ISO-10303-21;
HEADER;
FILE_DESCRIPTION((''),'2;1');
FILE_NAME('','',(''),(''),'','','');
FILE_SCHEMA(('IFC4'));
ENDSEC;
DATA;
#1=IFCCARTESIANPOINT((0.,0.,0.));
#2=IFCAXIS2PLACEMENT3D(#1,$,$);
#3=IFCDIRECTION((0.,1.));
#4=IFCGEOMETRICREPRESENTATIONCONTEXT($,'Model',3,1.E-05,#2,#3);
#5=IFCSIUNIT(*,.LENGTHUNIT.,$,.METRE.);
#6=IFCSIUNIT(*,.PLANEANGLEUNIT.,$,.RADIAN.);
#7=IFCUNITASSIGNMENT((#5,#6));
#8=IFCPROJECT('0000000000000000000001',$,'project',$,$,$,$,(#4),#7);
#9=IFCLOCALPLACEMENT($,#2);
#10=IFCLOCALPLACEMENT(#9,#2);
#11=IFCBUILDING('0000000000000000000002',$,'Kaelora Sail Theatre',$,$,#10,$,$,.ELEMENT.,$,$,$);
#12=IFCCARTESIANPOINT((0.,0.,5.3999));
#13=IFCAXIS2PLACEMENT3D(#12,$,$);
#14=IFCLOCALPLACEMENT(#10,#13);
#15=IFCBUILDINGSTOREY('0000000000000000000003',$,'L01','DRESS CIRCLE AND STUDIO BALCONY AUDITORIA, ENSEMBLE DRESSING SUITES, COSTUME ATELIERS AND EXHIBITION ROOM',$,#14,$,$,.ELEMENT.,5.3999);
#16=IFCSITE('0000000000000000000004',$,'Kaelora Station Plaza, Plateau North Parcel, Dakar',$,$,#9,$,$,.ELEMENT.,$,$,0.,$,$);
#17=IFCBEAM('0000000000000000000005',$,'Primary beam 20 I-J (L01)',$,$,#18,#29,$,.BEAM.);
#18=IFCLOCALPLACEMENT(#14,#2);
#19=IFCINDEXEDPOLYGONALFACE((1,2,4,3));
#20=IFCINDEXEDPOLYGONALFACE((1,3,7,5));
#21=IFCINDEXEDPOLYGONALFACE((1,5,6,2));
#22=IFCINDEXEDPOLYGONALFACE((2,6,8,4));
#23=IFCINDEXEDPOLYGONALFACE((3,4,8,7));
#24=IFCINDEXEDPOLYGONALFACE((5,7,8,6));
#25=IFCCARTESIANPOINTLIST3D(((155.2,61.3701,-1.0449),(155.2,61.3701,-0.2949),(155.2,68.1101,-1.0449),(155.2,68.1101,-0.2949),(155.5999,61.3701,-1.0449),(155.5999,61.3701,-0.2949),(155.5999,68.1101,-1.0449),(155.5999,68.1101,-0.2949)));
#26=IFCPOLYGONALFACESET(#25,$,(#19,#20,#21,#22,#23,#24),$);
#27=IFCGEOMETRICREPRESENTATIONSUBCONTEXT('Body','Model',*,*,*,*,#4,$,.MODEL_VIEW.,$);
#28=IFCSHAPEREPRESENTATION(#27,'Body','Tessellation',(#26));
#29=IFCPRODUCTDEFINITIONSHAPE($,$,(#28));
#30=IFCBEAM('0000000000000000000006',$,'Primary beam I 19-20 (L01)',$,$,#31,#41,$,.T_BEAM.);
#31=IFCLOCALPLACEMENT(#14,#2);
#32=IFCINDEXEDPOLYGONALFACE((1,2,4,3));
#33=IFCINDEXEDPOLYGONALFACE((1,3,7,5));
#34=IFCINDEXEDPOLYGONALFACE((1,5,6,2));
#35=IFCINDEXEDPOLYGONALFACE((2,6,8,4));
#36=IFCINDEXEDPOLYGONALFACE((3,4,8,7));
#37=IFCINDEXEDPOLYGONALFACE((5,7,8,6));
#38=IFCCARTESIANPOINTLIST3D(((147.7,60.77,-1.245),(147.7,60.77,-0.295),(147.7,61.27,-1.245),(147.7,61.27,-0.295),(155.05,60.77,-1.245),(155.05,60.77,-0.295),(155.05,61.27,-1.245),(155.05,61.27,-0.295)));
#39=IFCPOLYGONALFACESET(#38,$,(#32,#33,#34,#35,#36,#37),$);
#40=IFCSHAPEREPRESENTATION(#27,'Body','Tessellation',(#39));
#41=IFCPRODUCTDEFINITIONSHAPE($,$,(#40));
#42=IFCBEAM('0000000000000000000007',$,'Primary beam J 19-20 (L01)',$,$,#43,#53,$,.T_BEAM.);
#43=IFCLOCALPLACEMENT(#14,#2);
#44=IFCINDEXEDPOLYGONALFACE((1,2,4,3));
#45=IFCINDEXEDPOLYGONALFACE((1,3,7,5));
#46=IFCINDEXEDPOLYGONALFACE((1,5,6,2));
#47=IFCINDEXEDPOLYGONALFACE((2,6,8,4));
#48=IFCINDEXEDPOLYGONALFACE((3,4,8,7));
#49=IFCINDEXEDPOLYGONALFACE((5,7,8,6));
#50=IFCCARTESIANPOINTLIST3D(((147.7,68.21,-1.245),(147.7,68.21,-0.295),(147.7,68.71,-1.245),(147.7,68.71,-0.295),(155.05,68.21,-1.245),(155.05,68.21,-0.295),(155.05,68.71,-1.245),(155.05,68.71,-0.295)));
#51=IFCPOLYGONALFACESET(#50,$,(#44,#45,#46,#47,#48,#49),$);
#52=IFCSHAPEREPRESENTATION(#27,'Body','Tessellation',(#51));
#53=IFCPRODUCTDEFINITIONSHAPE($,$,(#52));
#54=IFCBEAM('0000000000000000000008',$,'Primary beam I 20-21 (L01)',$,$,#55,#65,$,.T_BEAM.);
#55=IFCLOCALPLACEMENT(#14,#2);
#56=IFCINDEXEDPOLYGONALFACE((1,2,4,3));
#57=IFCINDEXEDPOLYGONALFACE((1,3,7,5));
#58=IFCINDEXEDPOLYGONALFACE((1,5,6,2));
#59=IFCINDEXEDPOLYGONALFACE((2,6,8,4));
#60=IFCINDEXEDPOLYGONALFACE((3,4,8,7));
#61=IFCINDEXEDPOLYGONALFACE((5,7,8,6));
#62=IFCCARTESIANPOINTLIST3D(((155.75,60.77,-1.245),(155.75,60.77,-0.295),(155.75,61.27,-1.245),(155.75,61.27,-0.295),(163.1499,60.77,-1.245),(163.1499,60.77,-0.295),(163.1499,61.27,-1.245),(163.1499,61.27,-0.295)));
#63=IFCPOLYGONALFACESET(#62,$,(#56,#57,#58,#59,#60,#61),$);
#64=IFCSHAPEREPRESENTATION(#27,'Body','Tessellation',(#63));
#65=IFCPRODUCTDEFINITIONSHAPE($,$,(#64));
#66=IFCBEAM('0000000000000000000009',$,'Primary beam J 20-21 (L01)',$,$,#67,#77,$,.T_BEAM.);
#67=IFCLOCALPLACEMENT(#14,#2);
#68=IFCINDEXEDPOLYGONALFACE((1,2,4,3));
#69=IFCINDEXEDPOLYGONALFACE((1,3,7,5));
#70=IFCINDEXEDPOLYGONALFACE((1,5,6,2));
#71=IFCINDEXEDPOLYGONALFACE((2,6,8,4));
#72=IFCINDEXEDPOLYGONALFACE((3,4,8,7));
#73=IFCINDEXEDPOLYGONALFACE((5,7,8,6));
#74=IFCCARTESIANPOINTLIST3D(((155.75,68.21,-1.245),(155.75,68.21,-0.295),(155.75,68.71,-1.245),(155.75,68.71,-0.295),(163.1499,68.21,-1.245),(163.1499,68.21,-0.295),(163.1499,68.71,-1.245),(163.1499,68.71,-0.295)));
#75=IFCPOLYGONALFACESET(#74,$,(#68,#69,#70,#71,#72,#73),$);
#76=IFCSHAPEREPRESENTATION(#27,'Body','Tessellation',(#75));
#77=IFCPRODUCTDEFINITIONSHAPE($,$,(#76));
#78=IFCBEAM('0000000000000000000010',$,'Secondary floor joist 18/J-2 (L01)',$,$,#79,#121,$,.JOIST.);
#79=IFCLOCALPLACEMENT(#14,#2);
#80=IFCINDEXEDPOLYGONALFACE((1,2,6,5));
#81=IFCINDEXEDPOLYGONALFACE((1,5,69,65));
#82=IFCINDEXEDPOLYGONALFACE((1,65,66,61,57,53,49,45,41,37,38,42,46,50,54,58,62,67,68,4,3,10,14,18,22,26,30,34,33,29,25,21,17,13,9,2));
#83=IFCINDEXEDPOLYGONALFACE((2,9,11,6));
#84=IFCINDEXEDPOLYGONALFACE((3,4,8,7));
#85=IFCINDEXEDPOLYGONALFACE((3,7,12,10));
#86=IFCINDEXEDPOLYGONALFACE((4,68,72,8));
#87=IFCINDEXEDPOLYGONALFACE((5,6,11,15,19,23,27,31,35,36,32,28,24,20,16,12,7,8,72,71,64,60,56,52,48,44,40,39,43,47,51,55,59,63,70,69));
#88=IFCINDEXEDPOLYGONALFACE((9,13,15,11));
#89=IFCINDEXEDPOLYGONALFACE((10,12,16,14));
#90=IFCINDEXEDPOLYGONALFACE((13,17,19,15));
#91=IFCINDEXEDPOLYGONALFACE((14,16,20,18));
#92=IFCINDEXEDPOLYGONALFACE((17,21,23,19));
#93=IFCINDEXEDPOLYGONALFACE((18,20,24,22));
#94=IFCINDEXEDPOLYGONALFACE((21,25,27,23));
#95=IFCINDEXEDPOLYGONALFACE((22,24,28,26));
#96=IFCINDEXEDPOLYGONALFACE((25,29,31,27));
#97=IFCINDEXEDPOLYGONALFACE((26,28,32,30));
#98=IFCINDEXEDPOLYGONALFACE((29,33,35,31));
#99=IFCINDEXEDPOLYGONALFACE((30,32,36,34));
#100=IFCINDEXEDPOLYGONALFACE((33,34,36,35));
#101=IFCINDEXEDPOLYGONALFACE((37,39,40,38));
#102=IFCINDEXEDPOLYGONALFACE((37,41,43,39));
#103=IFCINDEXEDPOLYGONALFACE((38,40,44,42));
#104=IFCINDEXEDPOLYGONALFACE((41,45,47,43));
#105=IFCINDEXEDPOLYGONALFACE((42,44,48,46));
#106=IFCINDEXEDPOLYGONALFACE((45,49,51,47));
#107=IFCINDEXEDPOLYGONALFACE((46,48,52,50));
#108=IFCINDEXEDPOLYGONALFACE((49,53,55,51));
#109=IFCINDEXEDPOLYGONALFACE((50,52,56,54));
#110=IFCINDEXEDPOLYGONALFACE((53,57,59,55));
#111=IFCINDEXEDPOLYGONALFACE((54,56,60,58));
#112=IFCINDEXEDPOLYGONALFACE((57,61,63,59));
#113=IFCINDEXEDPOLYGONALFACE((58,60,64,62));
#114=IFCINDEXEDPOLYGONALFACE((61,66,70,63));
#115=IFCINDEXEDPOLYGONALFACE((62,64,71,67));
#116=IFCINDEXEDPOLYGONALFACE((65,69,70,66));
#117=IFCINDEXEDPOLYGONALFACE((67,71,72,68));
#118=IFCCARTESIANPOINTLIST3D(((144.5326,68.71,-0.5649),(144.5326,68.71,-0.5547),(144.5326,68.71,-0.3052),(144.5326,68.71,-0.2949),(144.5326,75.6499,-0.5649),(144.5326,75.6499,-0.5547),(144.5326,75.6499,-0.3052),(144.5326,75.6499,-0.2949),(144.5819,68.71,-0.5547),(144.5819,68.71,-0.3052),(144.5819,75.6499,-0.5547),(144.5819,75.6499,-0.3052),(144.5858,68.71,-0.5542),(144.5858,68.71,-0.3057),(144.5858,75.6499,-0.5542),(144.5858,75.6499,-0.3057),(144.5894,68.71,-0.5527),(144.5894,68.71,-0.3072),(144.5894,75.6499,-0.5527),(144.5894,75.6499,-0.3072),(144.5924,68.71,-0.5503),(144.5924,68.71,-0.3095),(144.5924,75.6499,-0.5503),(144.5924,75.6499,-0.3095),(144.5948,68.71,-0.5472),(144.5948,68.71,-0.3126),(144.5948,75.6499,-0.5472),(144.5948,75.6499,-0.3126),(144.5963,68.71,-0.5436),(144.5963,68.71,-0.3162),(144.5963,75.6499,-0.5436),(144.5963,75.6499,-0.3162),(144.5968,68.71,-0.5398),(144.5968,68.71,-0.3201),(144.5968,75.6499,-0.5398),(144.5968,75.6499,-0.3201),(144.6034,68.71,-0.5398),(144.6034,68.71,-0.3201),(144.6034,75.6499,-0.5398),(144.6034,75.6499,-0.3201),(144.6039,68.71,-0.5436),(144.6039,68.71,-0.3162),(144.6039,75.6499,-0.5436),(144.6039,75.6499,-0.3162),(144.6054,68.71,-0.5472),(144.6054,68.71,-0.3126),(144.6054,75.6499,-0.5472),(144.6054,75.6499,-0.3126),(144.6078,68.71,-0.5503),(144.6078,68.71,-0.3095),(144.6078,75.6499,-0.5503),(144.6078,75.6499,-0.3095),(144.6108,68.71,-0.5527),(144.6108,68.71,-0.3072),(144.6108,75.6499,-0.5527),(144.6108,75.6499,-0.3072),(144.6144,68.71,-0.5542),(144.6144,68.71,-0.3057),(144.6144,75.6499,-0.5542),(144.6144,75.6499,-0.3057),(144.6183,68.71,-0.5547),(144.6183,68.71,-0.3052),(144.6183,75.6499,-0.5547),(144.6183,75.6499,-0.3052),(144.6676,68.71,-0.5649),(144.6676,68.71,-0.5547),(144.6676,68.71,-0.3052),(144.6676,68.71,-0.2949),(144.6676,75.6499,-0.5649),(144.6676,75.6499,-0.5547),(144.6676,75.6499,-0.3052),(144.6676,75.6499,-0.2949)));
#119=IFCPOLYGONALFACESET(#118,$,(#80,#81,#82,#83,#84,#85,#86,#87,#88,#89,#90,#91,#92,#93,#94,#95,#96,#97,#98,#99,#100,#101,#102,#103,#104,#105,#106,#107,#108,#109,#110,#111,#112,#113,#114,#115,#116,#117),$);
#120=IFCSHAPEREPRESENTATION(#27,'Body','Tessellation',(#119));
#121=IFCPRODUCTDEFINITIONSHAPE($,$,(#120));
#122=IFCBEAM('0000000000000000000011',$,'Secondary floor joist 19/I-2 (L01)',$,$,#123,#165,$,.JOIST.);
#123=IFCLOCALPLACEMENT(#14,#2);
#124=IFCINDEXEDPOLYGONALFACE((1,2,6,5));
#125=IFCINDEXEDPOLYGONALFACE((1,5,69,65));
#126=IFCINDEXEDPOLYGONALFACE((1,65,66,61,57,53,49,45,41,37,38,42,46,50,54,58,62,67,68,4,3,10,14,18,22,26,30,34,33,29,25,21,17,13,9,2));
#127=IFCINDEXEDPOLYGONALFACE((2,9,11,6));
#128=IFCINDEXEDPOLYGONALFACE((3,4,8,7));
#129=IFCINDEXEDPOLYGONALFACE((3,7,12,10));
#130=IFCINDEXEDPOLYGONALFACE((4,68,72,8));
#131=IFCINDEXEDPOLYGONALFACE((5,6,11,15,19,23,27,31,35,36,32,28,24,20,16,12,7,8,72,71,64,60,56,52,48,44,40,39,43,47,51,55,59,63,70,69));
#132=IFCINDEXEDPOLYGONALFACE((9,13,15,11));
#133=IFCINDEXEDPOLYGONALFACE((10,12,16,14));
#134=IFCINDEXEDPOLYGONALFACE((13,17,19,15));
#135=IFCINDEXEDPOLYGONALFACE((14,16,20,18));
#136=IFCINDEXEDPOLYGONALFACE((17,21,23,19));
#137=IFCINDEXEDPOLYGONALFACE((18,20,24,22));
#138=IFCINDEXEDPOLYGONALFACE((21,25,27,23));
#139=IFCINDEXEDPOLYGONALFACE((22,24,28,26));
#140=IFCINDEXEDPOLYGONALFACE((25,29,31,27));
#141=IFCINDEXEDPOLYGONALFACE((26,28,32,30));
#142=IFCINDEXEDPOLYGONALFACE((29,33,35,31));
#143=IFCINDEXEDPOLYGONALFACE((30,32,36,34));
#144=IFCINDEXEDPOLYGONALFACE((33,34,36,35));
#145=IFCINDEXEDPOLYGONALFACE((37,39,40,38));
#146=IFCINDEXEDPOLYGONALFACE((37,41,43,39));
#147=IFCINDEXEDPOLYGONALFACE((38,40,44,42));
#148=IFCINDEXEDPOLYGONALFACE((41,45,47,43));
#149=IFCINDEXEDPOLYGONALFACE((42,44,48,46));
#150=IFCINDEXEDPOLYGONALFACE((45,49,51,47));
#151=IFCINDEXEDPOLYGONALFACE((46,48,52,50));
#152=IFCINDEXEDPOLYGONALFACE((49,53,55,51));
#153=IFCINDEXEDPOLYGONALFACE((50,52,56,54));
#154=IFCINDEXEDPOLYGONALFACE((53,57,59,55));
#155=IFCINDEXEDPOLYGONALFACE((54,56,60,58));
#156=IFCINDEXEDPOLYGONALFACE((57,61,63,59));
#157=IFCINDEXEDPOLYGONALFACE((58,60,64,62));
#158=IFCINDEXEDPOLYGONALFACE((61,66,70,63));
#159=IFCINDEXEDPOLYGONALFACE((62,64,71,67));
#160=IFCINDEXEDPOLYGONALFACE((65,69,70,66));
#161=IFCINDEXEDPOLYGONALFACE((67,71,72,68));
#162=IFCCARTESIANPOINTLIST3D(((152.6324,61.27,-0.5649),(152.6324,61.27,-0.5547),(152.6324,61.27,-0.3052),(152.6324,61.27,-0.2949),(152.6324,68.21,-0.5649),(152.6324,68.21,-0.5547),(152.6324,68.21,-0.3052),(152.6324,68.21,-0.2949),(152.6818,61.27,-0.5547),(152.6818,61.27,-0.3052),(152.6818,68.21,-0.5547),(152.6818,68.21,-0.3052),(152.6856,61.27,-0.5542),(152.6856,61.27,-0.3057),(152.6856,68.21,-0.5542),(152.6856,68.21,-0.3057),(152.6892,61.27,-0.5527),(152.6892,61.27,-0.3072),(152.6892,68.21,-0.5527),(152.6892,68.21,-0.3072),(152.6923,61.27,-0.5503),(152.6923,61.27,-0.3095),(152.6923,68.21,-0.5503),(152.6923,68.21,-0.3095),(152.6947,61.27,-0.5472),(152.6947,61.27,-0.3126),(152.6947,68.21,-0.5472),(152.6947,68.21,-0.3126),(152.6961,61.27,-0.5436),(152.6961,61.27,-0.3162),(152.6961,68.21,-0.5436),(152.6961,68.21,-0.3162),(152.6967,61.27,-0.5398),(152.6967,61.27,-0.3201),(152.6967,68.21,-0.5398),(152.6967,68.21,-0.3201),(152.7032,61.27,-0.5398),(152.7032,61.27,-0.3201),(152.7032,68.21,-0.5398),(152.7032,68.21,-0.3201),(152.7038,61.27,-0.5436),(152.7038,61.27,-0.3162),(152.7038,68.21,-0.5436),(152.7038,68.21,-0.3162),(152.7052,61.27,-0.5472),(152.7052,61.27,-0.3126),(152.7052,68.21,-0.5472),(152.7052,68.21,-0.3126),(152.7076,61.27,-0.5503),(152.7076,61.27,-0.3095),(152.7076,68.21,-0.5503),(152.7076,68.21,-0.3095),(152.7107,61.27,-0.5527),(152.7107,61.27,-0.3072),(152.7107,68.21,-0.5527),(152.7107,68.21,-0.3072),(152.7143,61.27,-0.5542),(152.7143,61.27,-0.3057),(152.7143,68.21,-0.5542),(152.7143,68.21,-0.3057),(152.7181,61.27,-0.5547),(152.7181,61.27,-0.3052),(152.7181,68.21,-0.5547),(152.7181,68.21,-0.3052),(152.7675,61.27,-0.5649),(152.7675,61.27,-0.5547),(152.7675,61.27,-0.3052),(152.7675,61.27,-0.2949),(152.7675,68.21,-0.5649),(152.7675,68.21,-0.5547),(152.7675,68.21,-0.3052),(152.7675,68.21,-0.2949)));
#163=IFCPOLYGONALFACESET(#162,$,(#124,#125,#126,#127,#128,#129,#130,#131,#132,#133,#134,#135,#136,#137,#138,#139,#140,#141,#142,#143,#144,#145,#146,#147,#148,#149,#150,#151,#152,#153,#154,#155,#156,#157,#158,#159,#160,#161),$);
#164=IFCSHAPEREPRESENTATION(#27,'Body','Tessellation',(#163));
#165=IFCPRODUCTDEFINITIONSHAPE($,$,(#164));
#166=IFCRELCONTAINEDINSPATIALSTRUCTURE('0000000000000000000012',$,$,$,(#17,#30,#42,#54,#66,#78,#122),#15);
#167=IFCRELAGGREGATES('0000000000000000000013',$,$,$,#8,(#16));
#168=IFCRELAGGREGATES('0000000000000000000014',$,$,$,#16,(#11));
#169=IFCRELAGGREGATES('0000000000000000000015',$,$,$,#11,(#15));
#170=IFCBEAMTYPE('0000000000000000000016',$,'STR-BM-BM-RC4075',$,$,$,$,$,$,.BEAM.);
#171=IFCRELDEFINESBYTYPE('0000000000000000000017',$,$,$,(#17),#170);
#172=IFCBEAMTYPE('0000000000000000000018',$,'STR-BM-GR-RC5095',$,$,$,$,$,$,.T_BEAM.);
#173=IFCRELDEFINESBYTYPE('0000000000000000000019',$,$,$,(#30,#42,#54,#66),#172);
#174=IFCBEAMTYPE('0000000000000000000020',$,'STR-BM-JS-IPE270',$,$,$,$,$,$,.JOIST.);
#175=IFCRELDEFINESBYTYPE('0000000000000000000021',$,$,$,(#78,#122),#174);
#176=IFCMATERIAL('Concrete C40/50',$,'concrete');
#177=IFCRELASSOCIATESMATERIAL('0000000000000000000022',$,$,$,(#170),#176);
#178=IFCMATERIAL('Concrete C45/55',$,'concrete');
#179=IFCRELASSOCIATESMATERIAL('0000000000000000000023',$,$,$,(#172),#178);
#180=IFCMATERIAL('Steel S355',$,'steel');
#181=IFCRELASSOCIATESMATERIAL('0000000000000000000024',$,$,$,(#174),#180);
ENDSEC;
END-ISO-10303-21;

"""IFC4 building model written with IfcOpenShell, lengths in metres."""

from ifc_helpers import new_model, si_unit, direction, frame, origin, origin_2d, place, context, subcontext, project, spatial, rectangle, i_section, extrude, material, material_profile, profile_set, type_object, element, save


model = new_model("IFC4")

# Units and contexts
model_context = context("Model", 3, precision=1e-05, world=origin(), true_north=direction((0.0, 1.0)))
body_context = subcontext(model_context, "Body", "Model", "MODEL_VIEW")
ifc_project = project(units=[si_unit("LENGTHUNIT", "METRE"), si_unit("PLANEANGLEUNIT", "RADIAN")], contexts=[model_context])

# Site, building, storey
site_placement = place(None, origin())
site = spatial("IfcSite", under=ifc_project, at=site_placement, Name="Kaelora Station Plaza, Plateau North Parcel, Dakar", CompositionType="ELEMENT", RefElevation=0.0)
building_placement = place(site_placement, origin())
building = spatial("IfcBuilding", under=site, at=building_placement, Name="Kaelora Sail Theatre", CompositionType="ELEMENT")
storey_placement = place(building_placement, frame((0.0, 0.0, 5.3999)))
storey = spatial("IfcBuildingStorey", under=building, at=storey_placement, Name="L01", Description="DRESS CIRCLE AND STUDIO BALCONY AUDITORIA, ENSEMBLE DRESSING SUITES, COSTUME ATELIERS AND EXHIBITION ROOM", CompositionType="ELEMENT", Elevation=5.3999)

# Beams
ifc_material_1 = material(Name="Concrete C40/50", Category="concrete")
ifc_material_profile_1 = material_profile(ifc_material_1, rectangle(XDim=0.3999, YDim=0.75, at=origin_2d()), Name="RC-BM 400x750")
ifc_profile_set_1 = profile_set([ifc_material_profile_1], Name="Concrete C40/50")
beam_type_1 = type_object("IfcBeamType", Name="STR-BM-BM-RC4075", PredefinedType="BEAM", material=ifc_profile_set_1)
beam_1_placement = place(storey_placement, frame((155.3999, 61.3701, -0.6699), z_axis=(0.0, 1.0, 0.0), x_axis=(-1.0, 0.0, 0.0)))
element("IfcBeam", 1, at=beam_1_placement, inside=storey, type_object=beam_type_1, Name="Primary beam 20 I-J (L01)", PredefinedType="BEAM", context=body_context, shape_type="SweptSolid", body=[
    extrude(rectangle(XDim=0.3999, YDim=0.75, at=origin_2d()), origin(), (0.0, 0.0, 1.0), 6.74),
])
ifc_material_2 = material(Name="Concrete C45/55", Category="concrete")
ifc_material_profile_2 = material_profile(ifc_material_2, rectangle(XDim=0.5, YDim=0.95, at=origin_2d()), Name="RC-GRD 500x950")
ifc_profile_set_2 = profile_set([ifc_material_profile_2], Name="Concrete C45/55")
beam_type_2 = type_object("IfcBeamType", Name="STR-BM-GR-RC5095", PredefinedType="T_BEAM", material=ifc_profile_set_2)
for number, where, z_axis, x_axis, name in (
    (2, (147.7, 61.02, -0.77), (1.0, 0.0, 0.0), (0.0, 1.0, 0.0), "Primary beam I 19-20 (L01)"),
    (3, (147.7, 68.46, -0.77), (1.0, 0.0, 0.0), (0.0, 1.0, 0.0), "Primary beam J 19-20 (L01)"),
):
    element("IfcBeam", number, at=place(storey_placement, frame(where, z_axis=z_axis, x_axis=x_axis)), inside=storey, type_object=beam_type_2, Name=name, PredefinedType="T_BEAM", context=body_context, shape_type="SweptSolid", body=[
        extrude(rectangle(XDim=0.5, YDim=0.95, at=origin_2d()), origin(), (0.0, 0.0, 1.0), 7.3501),
    ])
for number, where, z_axis, x_axis, name in (
    (4, (155.75, 61.02, -0.77), (1.0, 0.0, 0.0), (0.0, 1.0, 0.0), "Primary beam I 20-21 (L01)"),
    (5, (155.75, 68.46, -0.77), (1.0, 0.0, 0.0), (0.0, 1.0, 0.0), "Primary beam J 20-21 (L01)"),
):
    element("IfcBeam", number, at=place(storey_placement, frame(where, z_axis=z_axis, x_axis=x_axis)), inside=storey, type_object=beam_type_2, Name=name, PredefinedType="T_BEAM", context=body_context, shape_type="SweptSolid", body=[
        extrude(rectangle(XDim=0.5, YDim=0.95, at=origin_2d()), origin(), (0.0, 0.0, 1.0), 7.3999),
    ])
ifc_material_3 = material(Name="Steel S355", Category="steel")
ifc_material_profile_3 = material_profile(ifc_material_3, i_section(OverallWidth=0.135, OverallDepth=0.27, WebThickness=0.0066, FlangeThickness=0.0103, FilletRadius=0.0149, at=origin_2d()), Name="IPE 270")
ifc_profile_set_3 = profile_set([ifc_material_profile_3], Name="Steel S355")
beam_type_3 = type_object("IfcBeamType", Name="STR-BM-JS-IPE270", PredefinedType="JOIST", material=ifc_profile_set_3)
for number, where, z_axis, x_axis, name in (
    (6, (144.6001, 68.71, -0.4299), (0.0, 1.0, 0.0), (-1.0, 0.0, 0.0), "Secondary floor joist 18/J-2 (L01)"),
    (7, (152.7, 61.27, -0.4299), (0.0, 1.0, 0.0), (-1.0, 0.0, 0.0), "Secondary floor joist 19/I-2 (L01)"),
):
    element("IfcBeam", number, at=place(storey_placement, frame(where, z_axis=z_axis, x_axis=x_axis)), inside=storey, type_object=beam_type_3, Name=name, PredefinedType="JOIST", context=body_context, shape_type="SweptSolid", body=[
        extrude(i_section(OverallWidth=0.135, OverallDepth=0.27, WebThickness=0.0066, FlangeThickness=0.0103, FilletRadius=0.0149, at=origin_2d()), origin(), (0.0, 0.0, 1.0), 6.9399),
    ])

save(model, "model.ifc")
